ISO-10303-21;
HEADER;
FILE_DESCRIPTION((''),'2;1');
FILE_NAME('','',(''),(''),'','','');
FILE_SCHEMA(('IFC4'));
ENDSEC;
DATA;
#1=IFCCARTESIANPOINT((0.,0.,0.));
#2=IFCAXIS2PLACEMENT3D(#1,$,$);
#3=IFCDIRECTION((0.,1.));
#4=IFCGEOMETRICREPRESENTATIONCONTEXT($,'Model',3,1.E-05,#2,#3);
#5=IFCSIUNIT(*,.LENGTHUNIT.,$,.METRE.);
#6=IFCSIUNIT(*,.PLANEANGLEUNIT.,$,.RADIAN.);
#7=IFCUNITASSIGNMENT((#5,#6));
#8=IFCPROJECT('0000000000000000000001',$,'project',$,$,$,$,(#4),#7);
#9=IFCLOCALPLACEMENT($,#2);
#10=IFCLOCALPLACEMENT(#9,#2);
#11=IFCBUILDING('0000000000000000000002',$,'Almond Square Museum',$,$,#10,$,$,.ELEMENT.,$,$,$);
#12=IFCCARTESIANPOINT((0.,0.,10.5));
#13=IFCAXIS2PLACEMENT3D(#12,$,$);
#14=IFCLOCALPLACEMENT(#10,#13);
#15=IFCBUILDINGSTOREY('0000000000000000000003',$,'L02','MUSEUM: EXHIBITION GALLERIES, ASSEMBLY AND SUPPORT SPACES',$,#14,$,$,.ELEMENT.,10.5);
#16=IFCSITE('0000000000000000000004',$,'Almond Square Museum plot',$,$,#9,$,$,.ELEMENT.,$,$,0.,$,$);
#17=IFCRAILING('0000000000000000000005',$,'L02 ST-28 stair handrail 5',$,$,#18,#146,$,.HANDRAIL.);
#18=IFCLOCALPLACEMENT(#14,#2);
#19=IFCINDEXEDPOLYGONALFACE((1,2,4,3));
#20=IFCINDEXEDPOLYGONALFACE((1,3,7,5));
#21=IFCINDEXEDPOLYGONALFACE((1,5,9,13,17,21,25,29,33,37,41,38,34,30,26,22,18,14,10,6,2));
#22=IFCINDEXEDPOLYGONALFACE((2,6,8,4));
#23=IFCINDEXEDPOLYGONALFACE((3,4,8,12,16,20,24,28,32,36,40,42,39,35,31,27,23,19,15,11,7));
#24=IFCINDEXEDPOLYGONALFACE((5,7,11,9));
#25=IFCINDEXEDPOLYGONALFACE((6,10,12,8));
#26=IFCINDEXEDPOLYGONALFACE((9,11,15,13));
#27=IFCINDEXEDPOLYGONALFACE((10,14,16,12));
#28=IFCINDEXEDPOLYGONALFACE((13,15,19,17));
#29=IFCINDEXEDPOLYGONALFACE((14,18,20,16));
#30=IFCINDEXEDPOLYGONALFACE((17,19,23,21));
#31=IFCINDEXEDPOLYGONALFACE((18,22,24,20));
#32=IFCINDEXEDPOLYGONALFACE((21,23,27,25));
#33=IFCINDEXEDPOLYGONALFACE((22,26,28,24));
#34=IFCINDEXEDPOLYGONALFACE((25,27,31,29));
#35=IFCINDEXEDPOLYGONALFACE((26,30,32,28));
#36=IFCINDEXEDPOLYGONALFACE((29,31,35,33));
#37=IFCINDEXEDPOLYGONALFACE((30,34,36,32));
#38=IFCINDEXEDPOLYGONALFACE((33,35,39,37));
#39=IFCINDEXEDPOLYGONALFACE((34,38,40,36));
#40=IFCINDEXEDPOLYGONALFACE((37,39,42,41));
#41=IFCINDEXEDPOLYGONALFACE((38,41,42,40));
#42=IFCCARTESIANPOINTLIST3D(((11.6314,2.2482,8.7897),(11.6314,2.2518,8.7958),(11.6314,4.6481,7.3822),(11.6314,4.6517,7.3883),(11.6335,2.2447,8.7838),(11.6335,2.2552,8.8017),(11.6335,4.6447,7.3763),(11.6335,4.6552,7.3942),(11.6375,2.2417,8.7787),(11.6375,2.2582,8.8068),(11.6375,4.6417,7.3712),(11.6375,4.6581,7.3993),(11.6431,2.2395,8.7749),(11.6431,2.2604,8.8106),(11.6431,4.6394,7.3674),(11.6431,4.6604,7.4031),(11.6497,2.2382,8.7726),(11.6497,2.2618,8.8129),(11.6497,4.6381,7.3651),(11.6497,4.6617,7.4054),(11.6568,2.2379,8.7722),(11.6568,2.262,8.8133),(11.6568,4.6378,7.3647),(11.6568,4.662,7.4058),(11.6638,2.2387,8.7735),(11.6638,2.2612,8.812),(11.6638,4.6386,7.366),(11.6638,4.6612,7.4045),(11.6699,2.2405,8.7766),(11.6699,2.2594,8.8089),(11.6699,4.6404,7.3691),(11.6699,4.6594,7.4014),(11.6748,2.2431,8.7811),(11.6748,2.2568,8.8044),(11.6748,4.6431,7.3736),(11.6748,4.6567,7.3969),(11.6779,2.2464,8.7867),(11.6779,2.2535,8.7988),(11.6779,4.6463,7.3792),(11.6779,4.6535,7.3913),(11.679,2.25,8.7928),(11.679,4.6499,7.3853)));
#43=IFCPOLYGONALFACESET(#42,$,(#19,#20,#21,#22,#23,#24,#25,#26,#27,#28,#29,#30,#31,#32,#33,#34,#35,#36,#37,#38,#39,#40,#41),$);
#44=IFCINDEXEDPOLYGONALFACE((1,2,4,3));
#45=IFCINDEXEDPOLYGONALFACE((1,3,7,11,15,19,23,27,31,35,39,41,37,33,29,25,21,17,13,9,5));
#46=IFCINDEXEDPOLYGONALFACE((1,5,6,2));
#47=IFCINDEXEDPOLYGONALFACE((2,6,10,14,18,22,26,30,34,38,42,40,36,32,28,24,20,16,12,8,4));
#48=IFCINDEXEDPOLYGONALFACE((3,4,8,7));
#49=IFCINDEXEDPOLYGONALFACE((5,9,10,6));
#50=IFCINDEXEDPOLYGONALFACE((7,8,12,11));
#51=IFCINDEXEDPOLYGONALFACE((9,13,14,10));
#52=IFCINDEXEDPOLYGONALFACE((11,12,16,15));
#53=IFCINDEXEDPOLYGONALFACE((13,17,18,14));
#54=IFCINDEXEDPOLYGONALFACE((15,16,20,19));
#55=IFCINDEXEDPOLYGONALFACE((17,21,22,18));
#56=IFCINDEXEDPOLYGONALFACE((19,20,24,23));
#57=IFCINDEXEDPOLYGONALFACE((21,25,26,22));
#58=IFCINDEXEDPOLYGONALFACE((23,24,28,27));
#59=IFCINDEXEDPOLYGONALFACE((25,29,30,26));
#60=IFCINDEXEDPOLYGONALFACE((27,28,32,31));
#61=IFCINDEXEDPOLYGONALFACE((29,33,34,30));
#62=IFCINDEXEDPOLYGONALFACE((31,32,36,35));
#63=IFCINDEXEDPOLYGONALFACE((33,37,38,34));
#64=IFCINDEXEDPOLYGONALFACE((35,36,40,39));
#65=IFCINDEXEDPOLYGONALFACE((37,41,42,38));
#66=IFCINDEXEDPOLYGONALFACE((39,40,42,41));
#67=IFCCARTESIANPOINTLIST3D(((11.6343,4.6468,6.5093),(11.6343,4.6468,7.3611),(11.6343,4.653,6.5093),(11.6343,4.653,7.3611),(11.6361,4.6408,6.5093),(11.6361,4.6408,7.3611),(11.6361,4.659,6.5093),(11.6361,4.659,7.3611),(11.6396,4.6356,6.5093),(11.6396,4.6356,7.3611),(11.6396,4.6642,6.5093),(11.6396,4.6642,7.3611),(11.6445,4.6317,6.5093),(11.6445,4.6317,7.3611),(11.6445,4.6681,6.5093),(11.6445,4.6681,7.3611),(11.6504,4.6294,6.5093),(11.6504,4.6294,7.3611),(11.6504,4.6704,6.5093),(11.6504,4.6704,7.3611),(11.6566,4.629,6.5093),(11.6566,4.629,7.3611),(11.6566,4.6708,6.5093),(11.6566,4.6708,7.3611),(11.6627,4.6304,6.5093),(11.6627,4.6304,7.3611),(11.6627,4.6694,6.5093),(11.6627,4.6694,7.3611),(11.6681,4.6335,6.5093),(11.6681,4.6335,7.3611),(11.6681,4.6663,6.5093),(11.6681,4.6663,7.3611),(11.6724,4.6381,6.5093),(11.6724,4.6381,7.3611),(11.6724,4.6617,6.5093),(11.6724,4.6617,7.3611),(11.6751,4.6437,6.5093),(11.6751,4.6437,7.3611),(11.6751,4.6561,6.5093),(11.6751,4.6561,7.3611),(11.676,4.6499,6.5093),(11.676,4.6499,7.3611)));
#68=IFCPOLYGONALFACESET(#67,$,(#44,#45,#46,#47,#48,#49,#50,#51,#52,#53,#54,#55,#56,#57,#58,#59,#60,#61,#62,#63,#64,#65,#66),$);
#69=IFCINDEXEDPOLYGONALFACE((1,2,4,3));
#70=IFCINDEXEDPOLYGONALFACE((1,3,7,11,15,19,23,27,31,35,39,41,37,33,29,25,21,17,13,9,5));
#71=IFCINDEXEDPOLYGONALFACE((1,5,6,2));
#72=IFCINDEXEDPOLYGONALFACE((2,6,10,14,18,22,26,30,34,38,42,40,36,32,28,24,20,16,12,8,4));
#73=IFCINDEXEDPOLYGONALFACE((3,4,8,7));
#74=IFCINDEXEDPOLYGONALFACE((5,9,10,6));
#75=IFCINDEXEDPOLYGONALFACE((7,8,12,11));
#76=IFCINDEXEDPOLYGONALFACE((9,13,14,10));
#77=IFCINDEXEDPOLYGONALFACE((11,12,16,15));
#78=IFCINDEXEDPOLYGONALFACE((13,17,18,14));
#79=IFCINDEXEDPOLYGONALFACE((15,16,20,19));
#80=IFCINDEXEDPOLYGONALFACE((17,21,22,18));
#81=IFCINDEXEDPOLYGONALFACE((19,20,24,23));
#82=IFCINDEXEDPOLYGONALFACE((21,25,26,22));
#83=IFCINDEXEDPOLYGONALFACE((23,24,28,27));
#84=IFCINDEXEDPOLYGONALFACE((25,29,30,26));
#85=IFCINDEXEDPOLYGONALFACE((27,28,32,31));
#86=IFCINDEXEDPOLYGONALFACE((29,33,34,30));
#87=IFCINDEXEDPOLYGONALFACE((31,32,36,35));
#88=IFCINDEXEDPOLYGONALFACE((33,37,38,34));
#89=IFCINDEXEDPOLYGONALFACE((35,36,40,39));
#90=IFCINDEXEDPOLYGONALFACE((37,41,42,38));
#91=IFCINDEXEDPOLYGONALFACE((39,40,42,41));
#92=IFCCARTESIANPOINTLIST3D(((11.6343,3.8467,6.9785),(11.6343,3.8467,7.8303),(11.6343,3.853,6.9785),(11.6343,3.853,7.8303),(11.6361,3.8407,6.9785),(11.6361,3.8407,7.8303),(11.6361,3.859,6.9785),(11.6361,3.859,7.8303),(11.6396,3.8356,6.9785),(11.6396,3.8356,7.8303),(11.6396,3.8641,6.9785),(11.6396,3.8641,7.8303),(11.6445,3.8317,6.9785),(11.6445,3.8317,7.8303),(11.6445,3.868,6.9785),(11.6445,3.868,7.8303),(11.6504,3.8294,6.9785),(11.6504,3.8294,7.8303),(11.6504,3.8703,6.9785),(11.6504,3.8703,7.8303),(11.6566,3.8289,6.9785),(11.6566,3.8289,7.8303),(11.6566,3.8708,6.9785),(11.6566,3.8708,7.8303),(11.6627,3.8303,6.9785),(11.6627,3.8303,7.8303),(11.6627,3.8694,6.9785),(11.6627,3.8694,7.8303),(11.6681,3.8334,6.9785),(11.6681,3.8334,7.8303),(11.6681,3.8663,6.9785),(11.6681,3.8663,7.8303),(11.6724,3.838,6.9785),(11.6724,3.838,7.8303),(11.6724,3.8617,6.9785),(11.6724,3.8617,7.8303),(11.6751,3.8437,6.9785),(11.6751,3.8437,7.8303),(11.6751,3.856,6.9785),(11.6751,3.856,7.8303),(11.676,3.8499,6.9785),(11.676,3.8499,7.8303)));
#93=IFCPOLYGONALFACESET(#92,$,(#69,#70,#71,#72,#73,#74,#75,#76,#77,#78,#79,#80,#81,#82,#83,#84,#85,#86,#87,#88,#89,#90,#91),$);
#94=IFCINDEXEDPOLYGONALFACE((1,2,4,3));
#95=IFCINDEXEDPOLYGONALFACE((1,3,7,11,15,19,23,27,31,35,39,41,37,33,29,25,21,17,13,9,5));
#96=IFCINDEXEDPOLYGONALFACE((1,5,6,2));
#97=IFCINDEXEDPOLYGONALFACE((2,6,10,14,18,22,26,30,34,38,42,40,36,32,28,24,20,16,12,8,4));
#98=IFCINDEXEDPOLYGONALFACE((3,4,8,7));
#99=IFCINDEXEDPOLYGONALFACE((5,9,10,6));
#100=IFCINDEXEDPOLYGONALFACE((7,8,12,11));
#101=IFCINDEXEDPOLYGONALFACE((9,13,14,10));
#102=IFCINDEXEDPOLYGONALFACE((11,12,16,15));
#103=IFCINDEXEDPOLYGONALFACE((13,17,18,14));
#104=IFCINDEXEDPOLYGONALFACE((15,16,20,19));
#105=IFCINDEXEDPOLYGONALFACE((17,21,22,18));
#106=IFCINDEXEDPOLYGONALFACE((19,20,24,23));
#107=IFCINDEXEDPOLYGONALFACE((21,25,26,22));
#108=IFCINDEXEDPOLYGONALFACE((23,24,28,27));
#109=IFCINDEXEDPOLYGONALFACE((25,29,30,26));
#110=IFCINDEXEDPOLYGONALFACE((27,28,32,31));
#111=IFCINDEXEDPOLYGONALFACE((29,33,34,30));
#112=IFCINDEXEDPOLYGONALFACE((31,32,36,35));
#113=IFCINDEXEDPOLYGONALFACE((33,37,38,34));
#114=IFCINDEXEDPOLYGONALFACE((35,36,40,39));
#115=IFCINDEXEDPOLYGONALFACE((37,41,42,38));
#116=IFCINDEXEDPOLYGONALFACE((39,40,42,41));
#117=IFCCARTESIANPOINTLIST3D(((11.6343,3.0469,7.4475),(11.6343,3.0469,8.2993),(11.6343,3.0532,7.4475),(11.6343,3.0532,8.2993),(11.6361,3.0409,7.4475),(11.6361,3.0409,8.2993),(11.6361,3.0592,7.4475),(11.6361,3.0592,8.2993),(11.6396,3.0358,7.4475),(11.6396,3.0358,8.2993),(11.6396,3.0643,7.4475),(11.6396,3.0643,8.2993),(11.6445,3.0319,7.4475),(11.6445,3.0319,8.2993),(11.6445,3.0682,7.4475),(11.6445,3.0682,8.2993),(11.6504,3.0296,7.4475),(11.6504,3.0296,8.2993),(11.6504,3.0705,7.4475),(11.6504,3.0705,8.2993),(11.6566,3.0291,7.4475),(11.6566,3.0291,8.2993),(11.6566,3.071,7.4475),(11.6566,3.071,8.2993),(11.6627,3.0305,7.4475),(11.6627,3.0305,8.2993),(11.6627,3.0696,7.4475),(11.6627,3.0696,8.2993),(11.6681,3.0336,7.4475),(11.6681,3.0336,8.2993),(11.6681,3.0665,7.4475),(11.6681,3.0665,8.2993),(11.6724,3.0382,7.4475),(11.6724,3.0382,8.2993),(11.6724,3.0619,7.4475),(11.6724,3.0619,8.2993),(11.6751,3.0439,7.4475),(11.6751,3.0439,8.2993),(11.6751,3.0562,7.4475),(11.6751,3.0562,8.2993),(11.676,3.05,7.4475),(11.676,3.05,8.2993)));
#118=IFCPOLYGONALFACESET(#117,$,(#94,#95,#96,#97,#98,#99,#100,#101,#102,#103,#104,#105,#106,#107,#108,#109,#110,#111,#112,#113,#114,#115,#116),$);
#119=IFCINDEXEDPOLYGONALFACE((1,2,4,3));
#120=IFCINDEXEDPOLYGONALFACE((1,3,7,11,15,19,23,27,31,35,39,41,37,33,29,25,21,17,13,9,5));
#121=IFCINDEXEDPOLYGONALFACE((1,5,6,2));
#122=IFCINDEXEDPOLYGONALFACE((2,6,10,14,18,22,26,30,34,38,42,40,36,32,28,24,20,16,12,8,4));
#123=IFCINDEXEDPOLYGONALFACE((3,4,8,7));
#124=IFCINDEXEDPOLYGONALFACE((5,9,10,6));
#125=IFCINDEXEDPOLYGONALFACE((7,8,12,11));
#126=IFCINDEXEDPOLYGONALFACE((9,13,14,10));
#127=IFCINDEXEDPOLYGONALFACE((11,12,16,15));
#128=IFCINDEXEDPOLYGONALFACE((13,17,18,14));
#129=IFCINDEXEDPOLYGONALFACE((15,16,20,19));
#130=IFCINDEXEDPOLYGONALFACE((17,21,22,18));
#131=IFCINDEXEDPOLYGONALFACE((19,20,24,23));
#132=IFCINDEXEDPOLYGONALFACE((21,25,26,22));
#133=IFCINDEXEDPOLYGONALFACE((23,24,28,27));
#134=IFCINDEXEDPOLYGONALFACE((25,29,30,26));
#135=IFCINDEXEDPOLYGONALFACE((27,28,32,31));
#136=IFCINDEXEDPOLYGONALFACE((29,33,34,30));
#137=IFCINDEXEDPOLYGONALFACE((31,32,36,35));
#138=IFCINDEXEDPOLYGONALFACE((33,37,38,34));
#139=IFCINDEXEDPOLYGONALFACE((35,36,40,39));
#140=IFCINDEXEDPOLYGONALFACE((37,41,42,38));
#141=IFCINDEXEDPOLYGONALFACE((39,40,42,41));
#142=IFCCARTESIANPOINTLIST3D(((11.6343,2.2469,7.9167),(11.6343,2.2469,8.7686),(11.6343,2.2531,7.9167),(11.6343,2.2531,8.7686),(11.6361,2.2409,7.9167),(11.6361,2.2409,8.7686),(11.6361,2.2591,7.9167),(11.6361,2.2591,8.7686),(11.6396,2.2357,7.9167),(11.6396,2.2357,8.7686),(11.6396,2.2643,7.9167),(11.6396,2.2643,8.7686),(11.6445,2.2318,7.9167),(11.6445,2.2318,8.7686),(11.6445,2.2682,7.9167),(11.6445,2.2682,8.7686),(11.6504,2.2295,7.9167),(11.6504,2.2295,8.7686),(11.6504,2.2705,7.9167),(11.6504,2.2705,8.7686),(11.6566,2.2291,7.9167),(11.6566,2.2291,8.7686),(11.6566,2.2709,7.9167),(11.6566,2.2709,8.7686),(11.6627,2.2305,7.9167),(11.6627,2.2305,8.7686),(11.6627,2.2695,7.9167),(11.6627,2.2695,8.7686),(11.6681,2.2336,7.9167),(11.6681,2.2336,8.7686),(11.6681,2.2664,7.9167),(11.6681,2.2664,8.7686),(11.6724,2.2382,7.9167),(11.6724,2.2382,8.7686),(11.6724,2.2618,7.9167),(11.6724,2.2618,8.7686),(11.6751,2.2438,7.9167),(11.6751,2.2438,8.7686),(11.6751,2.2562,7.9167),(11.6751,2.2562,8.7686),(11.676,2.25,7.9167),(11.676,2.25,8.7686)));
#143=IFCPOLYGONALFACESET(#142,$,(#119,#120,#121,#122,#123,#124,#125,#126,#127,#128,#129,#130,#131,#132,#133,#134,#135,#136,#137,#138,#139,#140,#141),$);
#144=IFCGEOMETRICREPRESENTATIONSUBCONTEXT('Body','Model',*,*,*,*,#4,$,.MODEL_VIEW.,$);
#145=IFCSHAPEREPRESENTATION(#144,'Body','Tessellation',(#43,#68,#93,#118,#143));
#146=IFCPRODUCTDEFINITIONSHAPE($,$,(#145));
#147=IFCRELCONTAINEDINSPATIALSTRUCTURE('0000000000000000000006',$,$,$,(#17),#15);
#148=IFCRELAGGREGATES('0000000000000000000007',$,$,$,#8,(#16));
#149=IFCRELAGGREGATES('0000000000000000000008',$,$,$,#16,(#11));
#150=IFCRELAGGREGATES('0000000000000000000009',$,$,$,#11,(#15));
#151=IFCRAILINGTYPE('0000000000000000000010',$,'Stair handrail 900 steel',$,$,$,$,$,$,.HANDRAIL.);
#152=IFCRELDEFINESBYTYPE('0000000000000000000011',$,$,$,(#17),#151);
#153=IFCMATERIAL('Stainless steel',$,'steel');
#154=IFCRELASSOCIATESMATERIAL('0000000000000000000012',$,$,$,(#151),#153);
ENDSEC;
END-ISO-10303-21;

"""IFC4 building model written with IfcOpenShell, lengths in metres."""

from ifc_helpers import new_model, si_unit, direction, frame, origin, origin_2d, place, context, subcontext, project, spatial, circle, extrude, material, type_object, element, save


model = new_model("IFC4")

# Units and contexts
model_context = context("Model", 3, precision=1e-05, world=origin(), true_north=direction((0.0, 1.0)))
body_context = subcontext(model_context, "Body", "Model", "MODEL_VIEW")
ifc_project = project(units=[si_unit("LENGTHUNIT", "METRE"), si_unit("PLANEANGLEUNIT", "RADIAN")], contexts=[model_context])

# Site, building, storey
site_placement = place(None, origin())
site = spatial("IfcSite", under=ifc_project, at=site_placement, Name="Almond Square Museum plot", CompositionType="ELEMENT", RefElevation=0.0)
building_placement = place(site_placement, origin())
building = spatial("IfcBuilding", under=site, at=building_placement, Name="Almond Square Museum", CompositionType="ELEMENT")
storey_placement = place(building_placement, frame((0.0, 0.0, 10.5)))
storey = spatial("IfcBuildingStorey", under=building, at=storey_placement, Name="L02", Description="MUSEUM: EXHIBITION GALLERIES, ASSEMBLY AND SUPPORT SPACES", CompositionType="ELEMENT", Elevation=10.5)

# Railing
ifc_material_1 = material(Name="Stainless steel", Category="steel")
railing_type_1 = type_object("IfcRailingType", Name="Stair handrail 900 steel", PredefinedType="HANDRAIL", material=ifc_material_1)
for number, where, name in (
    (1, (11.655, 4.6499, 6.5093), "L02 ST-28 stair handrail 5"),
):
    element("IfcRailing", number, at=place(storey_placement, frame(where)), inside=storey, type_object=railing_type_1, Name=name, PredefinedType="HANDRAIL", context=body_context, shape_type="SweptSolid", body=[
        extrude(circle(Radius=0.0239, at=origin_2d()), frame((0.0, 0.0, 0.876), z_axis=(0.0, -0.862599, 0.505888), x_axis=(1.0, 0.0, 0.0)), (0.0, 0.0, 1.0), 2.7822),
        extrude(circle(Radius=0.021, at=origin_2d()), origin(), (0.0, 0.0, 1.0), 0.8518),
        extrude(circle(Radius=0.021, at=origin_2d()), frame((0.0, -0.8, 0.4692)), (0.0, 0.0, 1.0), 0.8518),
        extrude(circle(Radius=0.021, at=origin_2d()), frame((0.0, -1.5999, 0.9382)), (0.0, 0.0, 1.0), 0.8518),
        extrude(circle(Radius=0.021, at=origin_2d()), frame((0.0, -2.3999, 1.4075)), (0.0, 0.0, 1.0), 0.8518),
    ])

save(model, "model.ifc")
